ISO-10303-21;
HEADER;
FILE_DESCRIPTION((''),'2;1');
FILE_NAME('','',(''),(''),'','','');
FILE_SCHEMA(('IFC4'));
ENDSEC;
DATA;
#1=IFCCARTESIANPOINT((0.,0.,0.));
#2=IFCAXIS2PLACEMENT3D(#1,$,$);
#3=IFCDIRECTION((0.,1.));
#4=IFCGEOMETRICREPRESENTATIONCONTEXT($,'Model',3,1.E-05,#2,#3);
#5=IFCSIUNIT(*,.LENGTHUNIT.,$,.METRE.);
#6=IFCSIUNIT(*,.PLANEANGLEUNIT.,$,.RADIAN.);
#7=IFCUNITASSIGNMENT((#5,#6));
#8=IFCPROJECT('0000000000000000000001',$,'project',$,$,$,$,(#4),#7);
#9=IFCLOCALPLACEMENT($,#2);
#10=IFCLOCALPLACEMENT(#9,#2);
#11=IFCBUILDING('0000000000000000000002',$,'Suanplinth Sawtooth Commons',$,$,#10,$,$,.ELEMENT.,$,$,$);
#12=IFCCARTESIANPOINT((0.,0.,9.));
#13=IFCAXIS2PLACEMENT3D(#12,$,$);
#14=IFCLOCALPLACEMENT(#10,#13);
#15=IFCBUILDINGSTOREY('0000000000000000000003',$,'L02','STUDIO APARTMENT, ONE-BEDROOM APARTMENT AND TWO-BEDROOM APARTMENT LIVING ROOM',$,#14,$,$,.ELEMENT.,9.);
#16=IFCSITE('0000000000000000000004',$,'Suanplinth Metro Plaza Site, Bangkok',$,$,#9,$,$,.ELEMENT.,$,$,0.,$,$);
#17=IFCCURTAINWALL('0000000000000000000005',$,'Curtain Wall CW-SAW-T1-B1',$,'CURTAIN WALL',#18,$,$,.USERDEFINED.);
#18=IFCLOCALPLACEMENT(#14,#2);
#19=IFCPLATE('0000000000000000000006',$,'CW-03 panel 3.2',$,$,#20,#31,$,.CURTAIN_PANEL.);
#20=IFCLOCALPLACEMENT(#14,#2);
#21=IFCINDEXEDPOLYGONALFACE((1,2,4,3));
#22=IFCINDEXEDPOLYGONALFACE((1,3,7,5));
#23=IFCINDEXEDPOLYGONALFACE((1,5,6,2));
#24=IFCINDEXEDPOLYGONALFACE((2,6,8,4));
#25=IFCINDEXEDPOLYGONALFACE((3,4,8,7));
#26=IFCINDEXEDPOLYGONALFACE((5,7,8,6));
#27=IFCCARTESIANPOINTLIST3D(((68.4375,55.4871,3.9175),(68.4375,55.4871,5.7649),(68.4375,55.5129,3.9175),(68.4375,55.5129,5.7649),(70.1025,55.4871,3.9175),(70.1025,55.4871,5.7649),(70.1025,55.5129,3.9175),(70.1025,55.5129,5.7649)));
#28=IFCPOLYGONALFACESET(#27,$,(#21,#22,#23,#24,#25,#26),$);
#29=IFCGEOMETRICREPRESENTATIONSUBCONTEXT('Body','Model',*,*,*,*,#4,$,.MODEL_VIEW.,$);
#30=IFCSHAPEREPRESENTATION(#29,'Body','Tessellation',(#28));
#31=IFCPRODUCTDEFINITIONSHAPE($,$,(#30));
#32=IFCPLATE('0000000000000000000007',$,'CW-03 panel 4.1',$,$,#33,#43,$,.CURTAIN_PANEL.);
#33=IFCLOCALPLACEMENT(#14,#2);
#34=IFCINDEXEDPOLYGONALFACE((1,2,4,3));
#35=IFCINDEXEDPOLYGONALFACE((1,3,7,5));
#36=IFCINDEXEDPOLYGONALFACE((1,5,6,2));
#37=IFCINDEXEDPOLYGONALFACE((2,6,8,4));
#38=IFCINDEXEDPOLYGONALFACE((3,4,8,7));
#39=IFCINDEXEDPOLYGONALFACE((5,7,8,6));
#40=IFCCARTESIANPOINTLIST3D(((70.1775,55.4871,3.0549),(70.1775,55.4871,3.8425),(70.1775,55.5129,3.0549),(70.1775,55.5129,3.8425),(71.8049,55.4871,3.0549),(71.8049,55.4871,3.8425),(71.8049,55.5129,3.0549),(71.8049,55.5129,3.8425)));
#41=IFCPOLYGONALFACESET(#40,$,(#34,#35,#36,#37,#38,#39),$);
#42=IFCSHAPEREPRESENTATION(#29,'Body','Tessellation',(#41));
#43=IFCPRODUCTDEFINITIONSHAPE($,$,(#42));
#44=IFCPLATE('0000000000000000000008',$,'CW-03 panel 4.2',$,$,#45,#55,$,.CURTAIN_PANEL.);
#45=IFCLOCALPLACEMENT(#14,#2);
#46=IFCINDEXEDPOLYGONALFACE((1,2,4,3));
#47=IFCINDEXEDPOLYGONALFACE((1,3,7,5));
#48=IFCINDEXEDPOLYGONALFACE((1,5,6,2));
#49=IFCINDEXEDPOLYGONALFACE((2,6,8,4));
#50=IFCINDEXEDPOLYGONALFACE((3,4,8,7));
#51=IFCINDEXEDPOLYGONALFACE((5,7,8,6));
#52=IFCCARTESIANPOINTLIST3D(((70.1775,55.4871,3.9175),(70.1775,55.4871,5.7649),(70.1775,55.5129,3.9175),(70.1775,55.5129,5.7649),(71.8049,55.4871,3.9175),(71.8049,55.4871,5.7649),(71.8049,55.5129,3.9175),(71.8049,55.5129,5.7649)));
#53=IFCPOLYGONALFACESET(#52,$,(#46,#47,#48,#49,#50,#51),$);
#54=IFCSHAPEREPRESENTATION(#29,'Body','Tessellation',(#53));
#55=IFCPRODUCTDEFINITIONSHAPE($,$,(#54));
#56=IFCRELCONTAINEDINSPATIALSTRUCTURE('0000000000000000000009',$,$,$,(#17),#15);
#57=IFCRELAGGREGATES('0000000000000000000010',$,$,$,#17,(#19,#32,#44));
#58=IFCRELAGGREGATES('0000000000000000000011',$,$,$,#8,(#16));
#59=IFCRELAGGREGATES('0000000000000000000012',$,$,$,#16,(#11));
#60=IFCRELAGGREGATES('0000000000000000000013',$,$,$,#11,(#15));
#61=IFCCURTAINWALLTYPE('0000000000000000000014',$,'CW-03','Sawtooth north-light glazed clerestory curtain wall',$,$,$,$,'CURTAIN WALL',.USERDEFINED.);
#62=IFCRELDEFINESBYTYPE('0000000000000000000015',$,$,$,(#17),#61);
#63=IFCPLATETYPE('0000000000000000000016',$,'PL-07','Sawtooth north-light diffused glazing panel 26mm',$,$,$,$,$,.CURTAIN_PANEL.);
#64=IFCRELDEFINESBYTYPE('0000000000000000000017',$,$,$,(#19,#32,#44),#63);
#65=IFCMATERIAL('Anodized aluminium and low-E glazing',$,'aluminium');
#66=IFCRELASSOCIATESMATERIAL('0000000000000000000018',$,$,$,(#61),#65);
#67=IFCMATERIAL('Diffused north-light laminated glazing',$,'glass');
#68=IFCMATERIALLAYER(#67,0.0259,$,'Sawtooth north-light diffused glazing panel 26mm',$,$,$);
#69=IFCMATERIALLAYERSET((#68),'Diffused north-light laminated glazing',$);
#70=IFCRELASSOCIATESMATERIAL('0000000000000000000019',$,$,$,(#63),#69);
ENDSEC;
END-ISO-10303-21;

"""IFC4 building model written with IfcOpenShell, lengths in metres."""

from ifc_helpers import new_model, si_unit, direction, frame, origin, origin_2d, place, context, subcontext, project, spatial, rectangle, extrude, material, layer, layer_set, type_object, element, aggregate, save


model = new_model("IFC4")

# Units and contexts
model_context = context("Model", 3, precision=1e-05, world=origin(), true_north=direction((0.0, 1.0)))
body_context = subcontext(model_context, "Body", "Model", "MODEL_VIEW")
ifc_project = project(units=[si_unit("LENGTHUNIT", "METRE"), si_unit("PLANEANGLEUNIT", "RADIAN")], contexts=[model_context])

# Site, building, storey
site_placement = place(None, origin())
site = spatial("IfcSite", under=ifc_project, at=site_placement, Name="Suanplinth Metro Plaza Site, Bangkok", CompositionType="ELEMENT", RefElevation=0.0)
building_placement = place(site_placement, origin())
building = spatial("IfcBuilding", under=site, at=building_placement, Name="Suanplinth Sawtooth Commons", CompositionType="ELEMENT")
storey_placement = place(building_placement, frame((0.0, 0.0, 9.0)))
storey = spatial("IfcBuildingStorey", under=building, at=storey_placement, Name="L02", Description="STUDIO APARTMENT, ONE-BEDROOM APARTMENT AND TWO-BEDROOM APARTMENT LIVING ROOM", CompositionType="ELEMENT", Elevation=9.0)

# Curtain wall
ifc_material_1 = material(Name="Anodized aluminium and low-E glazing", Category="aluminium")
curtain_wall_type = type_object("IfcCurtainWallType", Name="CW-03", Description="Sawtooth north-light glazed clerestory curtain wall", ElementType="CURTAIN WALL", PredefinedType="USERDEFINED", material=ifc_material_1)
curtain_wall_placement = place(storey_placement, origin())
curtain_wall = element("IfcCurtainWall", 1, at=curtain_wall_placement, inside=storey, type_object=curtain_wall_type, Name="Curtain Wall CW-SAW-T1-B1", ObjectType="CURTAIN WALL", PredefinedType="USERDEFINED")

# Plates
ifc_material_2 = material(Name="Diffused north-light laminated glazing", Category="glass")
ifc_layer_1 = layer(ifc_material_2, 0.0259, Name="Sawtooth north-light diffused glazing panel 26mm")
ifc_layer_set_1 = layer_set([ifc_layer_1], Name="Diffused north-light laminated glazing")
plate_type_1 = type_object("IfcPlateType", Name="PL-07", Description="Sawtooth north-light diffused glazing panel 26mm", PredefinedType="CURTAIN_PANEL", material=ifc_layer_set_1)
plate_1_placement = place(storey_placement, frame((69.27, 55.5, 3.9175), z_axis=(0.0, 0.0, 1.0), x_axis=(1.0, 0.0, 0.0)))
plate_1 = element("IfcPlate", 2, at=plate_1_placement, type_object=plate_type_1, Name="CW-03 panel 3.2", PredefinedType="CURTAIN_PANEL", context=body_context, shape_type="SweptSolid", body=[
    extrude(rectangle(XDim=1.665, YDim=0.0259, at=origin_2d()), origin(), (0.0, 0.0, 1.0), 1.8474),
])
plate_2_placement = place(storey_placement, frame((70.9912, 55.5, 3.0549), z_axis=(0.0, 0.0, 1.0), x_axis=(1.0, 0.0, 0.0)))
plate_2 = element("IfcPlate", 3, at=plate_2_placement, type_object=plate_type_1, Name="CW-03 panel 4.1", PredefinedType="CURTAIN_PANEL", context=body_context, shape_type="SweptSolid", body=[
    extrude(rectangle(XDim=1.6274, YDim=0.0259, at=origin_2d()), origin(), (0.0, 0.0, 1.0), 0.7876),
])
plate_3_placement = place(storey_placement, frame((70.9912, 55.5, 3.9175), z_axis=(0.0, 0.0, 1.0), x_axis=(1.0, 0.0, 0.0)))
plate_3 = element("IfcPlate", 4, at=plate_3_placement, type_object=plate_type_1, Name="CW-03 panel 4.2", PredefinedType="CURTAIN_PANEL", context=body_context, shape_type="SweptSolid", body=[
    extrude(rectangle(XDim=1.6274, YDim=0.0259, at=origin_2d()), origin(), (0.0, 0.0, 1.0), 1.8474),
])
aggregate(curtain_wall, [plate_1, plate_2, plate_3])

save(model, "model.ifc")
